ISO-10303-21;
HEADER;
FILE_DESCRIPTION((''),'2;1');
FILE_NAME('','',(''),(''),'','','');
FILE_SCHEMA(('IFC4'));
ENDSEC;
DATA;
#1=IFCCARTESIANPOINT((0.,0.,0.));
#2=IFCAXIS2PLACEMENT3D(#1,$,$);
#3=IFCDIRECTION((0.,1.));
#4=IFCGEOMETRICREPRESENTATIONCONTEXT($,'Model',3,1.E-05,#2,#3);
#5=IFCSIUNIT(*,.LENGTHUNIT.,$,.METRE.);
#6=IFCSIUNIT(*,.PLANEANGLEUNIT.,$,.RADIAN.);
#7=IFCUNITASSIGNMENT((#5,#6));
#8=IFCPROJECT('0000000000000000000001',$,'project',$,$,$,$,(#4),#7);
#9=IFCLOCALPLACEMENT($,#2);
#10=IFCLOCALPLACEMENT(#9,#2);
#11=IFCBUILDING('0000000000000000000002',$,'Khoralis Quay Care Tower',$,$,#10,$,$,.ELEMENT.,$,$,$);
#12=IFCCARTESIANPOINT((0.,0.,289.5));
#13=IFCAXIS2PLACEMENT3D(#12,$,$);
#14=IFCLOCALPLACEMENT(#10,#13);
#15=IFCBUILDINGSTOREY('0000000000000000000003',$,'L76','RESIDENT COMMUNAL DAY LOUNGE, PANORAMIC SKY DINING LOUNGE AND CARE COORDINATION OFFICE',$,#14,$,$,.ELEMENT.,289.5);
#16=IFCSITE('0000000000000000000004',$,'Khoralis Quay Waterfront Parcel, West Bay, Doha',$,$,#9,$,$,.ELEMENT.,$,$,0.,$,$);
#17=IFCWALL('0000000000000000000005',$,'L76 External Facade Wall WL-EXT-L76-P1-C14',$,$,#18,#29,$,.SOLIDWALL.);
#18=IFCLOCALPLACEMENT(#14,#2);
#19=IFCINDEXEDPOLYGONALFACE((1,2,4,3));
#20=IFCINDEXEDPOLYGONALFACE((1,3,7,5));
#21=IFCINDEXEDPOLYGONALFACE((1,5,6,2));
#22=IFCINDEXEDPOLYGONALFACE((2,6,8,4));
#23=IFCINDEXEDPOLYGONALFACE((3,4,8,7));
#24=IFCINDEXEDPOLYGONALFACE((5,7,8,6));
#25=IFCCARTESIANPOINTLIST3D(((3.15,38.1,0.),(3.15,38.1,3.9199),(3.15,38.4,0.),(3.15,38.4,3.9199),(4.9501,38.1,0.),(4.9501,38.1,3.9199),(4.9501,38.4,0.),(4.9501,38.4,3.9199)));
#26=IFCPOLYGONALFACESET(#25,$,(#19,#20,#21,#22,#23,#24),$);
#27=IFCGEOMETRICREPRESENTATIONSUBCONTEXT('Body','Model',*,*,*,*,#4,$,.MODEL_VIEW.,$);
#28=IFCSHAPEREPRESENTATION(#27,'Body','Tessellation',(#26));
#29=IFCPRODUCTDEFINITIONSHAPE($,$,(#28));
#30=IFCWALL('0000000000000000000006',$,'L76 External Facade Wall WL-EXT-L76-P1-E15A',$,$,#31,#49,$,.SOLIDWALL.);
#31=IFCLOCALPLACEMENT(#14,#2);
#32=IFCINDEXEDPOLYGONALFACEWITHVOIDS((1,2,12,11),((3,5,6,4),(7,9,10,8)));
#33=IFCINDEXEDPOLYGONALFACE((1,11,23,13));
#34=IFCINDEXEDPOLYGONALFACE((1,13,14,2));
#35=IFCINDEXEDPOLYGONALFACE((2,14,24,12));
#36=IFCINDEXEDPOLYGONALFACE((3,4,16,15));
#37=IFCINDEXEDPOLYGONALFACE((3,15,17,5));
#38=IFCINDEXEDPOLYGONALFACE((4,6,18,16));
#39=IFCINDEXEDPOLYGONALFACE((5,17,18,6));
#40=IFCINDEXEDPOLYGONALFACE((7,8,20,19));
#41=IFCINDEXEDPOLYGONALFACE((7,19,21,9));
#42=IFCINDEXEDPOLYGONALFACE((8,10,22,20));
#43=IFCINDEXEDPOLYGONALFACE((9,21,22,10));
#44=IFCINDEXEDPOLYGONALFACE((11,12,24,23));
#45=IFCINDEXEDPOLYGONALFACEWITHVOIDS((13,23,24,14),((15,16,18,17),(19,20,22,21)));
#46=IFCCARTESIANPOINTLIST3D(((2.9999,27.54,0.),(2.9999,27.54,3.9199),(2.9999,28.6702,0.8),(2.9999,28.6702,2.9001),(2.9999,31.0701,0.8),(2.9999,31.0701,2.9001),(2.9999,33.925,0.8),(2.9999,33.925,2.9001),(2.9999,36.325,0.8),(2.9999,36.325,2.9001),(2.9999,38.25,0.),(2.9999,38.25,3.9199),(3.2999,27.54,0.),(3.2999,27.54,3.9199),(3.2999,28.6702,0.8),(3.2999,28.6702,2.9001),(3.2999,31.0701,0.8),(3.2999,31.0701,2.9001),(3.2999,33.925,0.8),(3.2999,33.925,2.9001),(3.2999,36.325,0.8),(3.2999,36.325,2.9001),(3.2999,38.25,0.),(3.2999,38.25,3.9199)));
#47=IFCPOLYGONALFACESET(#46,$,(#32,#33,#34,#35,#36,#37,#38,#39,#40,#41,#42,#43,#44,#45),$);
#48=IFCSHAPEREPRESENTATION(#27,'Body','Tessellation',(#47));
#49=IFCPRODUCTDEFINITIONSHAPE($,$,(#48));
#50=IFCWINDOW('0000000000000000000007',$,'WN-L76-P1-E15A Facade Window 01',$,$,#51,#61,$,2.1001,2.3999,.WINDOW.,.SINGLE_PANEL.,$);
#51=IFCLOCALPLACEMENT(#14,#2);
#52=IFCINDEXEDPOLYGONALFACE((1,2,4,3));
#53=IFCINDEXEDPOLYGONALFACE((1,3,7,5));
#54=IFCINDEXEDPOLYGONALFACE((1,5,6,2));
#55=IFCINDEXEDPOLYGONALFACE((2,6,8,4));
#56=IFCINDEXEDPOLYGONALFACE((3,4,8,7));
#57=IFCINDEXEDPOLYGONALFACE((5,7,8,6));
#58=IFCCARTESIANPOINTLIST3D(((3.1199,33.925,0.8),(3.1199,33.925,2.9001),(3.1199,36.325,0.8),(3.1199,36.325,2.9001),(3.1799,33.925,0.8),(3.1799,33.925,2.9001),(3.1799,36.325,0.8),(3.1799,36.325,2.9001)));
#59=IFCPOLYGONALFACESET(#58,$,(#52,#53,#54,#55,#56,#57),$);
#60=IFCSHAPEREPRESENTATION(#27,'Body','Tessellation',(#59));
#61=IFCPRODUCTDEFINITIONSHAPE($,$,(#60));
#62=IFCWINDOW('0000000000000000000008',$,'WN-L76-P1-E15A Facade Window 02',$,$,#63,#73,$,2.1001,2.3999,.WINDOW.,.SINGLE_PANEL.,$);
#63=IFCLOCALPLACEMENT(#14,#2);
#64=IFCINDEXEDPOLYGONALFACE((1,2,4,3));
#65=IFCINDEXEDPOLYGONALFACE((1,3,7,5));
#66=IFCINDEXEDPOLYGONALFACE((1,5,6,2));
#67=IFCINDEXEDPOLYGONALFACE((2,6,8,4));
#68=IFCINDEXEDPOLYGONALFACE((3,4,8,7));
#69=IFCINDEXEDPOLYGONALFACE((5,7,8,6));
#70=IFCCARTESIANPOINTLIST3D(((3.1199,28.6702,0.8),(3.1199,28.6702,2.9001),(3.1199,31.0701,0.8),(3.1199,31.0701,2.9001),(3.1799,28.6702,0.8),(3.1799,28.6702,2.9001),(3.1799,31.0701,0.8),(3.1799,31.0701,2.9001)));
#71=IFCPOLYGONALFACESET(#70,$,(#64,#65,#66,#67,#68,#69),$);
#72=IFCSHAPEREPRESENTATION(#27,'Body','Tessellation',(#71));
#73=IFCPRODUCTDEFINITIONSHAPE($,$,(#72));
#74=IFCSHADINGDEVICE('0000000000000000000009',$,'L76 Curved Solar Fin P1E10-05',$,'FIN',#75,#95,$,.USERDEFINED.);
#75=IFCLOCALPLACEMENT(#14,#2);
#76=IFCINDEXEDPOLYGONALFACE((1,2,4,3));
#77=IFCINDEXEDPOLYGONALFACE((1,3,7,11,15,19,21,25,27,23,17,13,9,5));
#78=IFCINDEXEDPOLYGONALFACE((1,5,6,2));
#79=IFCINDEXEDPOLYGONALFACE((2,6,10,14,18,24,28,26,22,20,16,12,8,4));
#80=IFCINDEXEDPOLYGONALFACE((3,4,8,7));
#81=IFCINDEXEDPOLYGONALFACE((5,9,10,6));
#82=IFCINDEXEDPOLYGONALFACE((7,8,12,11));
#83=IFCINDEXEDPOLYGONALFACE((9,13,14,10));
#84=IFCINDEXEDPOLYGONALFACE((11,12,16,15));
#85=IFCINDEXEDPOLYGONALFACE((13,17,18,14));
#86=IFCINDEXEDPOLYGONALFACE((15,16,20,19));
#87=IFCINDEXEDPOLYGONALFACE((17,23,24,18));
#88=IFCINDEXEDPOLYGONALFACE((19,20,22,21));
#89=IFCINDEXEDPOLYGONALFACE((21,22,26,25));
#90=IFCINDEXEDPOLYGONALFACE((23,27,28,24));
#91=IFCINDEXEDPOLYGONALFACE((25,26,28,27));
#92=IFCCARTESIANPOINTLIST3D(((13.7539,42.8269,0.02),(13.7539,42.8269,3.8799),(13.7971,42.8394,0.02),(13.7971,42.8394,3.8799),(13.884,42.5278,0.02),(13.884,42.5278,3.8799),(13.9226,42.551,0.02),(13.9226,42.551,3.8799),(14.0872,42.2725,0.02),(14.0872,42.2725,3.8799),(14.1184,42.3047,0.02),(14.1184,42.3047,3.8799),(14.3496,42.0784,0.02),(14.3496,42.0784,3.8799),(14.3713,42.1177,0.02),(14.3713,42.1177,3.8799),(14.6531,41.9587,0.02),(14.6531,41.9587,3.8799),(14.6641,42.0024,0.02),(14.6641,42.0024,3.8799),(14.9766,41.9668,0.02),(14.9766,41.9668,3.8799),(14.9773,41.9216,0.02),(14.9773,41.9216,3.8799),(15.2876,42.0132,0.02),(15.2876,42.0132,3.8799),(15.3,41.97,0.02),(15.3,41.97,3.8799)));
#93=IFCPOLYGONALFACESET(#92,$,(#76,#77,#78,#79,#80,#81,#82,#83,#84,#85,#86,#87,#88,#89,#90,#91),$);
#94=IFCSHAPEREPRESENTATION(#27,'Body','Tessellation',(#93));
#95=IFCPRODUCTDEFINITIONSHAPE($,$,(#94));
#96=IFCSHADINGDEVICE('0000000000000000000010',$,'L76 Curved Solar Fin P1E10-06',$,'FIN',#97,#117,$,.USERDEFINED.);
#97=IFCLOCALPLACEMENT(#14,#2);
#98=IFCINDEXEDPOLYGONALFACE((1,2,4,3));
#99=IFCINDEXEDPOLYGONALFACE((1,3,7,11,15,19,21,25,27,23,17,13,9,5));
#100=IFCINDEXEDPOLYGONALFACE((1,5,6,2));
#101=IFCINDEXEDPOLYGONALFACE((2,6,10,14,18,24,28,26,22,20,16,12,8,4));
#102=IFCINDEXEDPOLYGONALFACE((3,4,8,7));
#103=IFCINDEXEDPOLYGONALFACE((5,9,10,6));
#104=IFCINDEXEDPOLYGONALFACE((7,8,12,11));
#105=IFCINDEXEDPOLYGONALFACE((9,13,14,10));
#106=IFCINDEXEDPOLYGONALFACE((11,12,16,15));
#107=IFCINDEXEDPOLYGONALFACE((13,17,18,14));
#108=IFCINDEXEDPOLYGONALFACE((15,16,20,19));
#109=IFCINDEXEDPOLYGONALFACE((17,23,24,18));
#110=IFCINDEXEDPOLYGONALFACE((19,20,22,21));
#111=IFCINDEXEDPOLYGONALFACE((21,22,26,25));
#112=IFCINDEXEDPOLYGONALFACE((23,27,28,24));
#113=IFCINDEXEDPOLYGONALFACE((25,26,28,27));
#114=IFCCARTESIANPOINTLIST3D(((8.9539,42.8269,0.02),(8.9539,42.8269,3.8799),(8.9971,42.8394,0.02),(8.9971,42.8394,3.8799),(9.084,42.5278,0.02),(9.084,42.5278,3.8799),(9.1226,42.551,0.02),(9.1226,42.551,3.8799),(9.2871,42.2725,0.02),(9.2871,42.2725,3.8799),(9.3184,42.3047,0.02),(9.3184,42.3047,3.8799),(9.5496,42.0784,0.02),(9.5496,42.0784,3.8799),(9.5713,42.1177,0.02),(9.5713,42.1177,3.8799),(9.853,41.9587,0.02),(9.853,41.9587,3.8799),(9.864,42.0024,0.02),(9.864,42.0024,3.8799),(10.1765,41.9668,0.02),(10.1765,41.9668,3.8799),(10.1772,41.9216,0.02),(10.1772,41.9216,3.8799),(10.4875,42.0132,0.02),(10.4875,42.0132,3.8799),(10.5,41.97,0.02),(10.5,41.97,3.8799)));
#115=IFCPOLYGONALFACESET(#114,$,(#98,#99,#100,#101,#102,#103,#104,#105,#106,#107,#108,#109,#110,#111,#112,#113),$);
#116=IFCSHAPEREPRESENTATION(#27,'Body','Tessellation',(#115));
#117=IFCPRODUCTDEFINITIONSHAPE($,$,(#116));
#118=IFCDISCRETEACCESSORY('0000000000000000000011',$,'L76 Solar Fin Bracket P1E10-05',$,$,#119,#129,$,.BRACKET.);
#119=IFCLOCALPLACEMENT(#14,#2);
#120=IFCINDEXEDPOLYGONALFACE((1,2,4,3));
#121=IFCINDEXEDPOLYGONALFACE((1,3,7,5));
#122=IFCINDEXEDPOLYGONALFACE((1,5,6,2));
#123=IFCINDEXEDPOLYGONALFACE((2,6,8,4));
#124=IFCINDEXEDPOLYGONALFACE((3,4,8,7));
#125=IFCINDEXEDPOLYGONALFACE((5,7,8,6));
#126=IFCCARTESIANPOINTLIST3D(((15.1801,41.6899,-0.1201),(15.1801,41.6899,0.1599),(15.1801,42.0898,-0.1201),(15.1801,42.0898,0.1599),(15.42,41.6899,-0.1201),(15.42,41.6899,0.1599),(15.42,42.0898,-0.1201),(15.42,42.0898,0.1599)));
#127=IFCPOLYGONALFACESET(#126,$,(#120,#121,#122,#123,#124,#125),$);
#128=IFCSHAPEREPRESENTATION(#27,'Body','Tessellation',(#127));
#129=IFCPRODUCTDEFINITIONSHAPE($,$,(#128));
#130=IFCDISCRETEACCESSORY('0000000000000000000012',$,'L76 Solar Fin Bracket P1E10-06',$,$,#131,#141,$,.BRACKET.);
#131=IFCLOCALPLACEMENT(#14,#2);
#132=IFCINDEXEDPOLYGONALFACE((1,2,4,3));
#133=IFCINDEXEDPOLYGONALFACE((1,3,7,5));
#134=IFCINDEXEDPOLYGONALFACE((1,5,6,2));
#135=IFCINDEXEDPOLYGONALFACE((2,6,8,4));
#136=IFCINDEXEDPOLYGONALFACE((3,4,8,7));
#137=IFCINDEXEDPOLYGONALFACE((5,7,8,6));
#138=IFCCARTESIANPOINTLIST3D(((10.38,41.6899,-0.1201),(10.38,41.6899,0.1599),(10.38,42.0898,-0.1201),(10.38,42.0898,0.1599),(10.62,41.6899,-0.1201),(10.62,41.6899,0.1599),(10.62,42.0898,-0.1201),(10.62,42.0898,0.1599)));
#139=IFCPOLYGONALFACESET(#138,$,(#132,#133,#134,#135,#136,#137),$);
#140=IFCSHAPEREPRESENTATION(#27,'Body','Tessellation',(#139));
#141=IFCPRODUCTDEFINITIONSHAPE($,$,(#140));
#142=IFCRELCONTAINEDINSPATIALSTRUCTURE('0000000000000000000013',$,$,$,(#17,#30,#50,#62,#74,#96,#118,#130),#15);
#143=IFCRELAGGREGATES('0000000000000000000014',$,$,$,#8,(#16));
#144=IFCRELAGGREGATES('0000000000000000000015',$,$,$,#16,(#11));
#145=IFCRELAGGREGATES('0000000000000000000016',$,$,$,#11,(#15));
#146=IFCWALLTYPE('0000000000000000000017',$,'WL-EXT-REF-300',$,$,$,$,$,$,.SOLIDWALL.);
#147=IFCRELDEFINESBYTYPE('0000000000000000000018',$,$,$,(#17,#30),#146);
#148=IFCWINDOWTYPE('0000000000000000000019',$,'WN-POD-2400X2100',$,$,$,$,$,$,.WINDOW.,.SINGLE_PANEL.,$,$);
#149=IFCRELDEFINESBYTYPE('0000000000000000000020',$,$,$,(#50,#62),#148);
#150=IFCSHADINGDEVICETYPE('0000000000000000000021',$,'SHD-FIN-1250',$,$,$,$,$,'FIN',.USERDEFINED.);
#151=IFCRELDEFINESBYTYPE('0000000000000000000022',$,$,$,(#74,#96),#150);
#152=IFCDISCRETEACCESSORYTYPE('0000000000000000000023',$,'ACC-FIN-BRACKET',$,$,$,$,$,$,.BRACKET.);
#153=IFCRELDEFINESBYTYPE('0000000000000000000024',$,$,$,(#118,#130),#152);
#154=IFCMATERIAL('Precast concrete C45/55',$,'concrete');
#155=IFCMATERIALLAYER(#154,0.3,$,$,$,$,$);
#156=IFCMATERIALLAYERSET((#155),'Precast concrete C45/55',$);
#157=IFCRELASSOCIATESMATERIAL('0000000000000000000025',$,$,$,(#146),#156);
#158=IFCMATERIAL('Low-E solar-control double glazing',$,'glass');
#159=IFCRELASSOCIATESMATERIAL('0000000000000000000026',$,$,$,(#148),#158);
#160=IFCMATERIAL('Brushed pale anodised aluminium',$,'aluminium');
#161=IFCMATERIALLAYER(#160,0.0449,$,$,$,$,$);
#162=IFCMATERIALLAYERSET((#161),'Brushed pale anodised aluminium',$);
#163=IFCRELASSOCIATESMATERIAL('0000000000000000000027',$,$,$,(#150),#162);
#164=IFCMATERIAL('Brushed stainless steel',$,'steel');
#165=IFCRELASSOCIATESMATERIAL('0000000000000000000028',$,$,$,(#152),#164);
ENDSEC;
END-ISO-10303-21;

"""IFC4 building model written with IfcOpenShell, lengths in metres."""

from ifc_helpers import new_model, si_unit, direction, frame, frame_2d, origin, origin_2d, place, context, subcontext, project, spatial, polyline, rectangle, outline, extrude, source, transform, mapped, material, layer, layer_set, type_object, element, fill, save


model = new_model("IFC4")

# Units and contexts
model_context = context("Model", 3, precision=1e-05, world=origin(), true_north=direction((0.0, 1.0)))
body_context = subcontext(model_context, "Body", "Model", "MODEL_VIEW")
ifc_project = project(units=[si_unit("LENGTHUNIT", "METRE"), si_unit("PLANEANGLEUNIT", "RADIAN")], contexts=[model_context])

# Site, building, storey
site_placement = place(None, origin())
site = spatial("IfcSite", under=ifc_project, at=site_placement, Name="Khoralis Quay Waterfront Parcel, West Bay, Doha", CompositionType="ELEMENT", RefElevation=0.0)
building_placement = place(site_placement, origin())
building = spatial("IfcBuilding", under=site, at=building_placement, Name="Khoralis Quay Care Tower", CompositionType="ELEMENT")
storey_placement = place(building_placement, frame((0.0, 0.0, 289.5)))
storey = spatial("IfcBuildingStorey", under=building, at=storey_placement, Name="L76", Description="RESIDENT COMMUNAL DAY LOUNGE, PANORAMIC SKY DINING LOUNGE AND CARE COORDINATION OFFICE", CompositionType="ELEMENT", Elevation=289.5)

# Shared definitions
ifc_material_1 = material(Name="Low-E solar-control double glazing", Category="glass")

# Shared definitions
ifc_material_2 = material(Name="Precast concrete C45/55", Category="concrete")
ifc_layer_1 = layer(ifc_material_2, 0.3)
ifc_layer_set_1 = layer_set([ifc_layer_1], Name="Precast concrete C45/55")
wall_type = type_object("IfcWallType", Name="WL-EXT-REF-300", PredefinedType="SOLIDWALL", material=ifc_layer_set_1)
window_type = type_object("IfcWindowType", Name="WN-POD-2400X2100", PartitioningType="SINGLE_PANEL", PredefinedType="WINDOW", material=ifc_material_1)
shared_shape_1 = source(origin(), body_context, "Body", "SweptSolid", [
    extrude(rectangle(XDim=2.3999, YDim=2.1001, at=frame_2d((1.2, 1.05))), frame((0.0, 0.03, 0.0), z_axis=(0.0, -1.0, 0.0), x_axis=(1.0, 0.0, 0.0)), (0.0, 0.0, 1.0), 0.0601),
])

# Wall
for number, where, z_axis, x_axis, name in (
    (1, (4.95, 38.25, 0.0), (0.0, 0.0, 1.0), (-1.0, 0.0, 0.0), "L76 External Facade Wall WL-EXT-L76-P1-C14"),
):
    element("IfcWall", number, at=place(storey_placement, frame(where, z_axis=z_axis, x_axis=x_axis)), inside=storey, type_object=wall_type, Name=name, PredefinedType="SOLIDWALL", context=body_context, shape_type="SweptSolid", body=[
        extrude(rectangle(XDim=1.8, YDim=0.3, at=frame_2d((0.8999, 0.0))), origin(), (0.0, 0.0, 1.0), 3.9199),
    ])

# Wall, openings, windows
wall_1_placement = place(storey_placement, frame((3.1499, 38.25, 0.0), z_axis=(0.0, 0.0, 1.0), x_axis=(0.0, -1.0, 0.0)))
wall_1 = element("IfcWall", 2, at=wall_1_placement, inside=storey, type_object=wall_type, Name="L76 External Facade Wall WL-EXT-L76-P1-E15A", PredefinedType="SOLIDWALL", context=body_context, shape_type="SweptSolid", body=[
    extrude(rectangle(XDim=10.71, YDim=0.3, at=frame_2d((5.355, 0.0))), origin(), (0.0, 0.0, 1.0), 3.9199),
])
opening_1_placement = place(wall_1_placement, frame((1.925, 0.0, 0.8)))
opening_1 = element("IfcOpeningElement", 3, at=opening_1_placement, cuts=wall_1, PredefinedType="OPENING", context=body_context, shape_type="SweptSolid", body=[
    extrude(rectangle(XDim=2.3999, YDim=2.1001, at=frame_2d((1.2, 1.05))), frame((0.0, 0.1602, 0.0), z_axis=(0.0, -1.0, 0.0), x_axis=(1.0, 0.0, 0.0)), (0.0, 0.0, 1.0), 0.3201),
])
opening_2_placement = place(wall_1_placement, frame((7.1799, 0.0, 0.8)))
opening_2 = element("IfcOpeningElement", 4, at=opening_2_placement, cuts=wall_1, PredefinedType="OPENING", context=body_context, shape_type="SweptSolid", body=[
    extrude(rectangle(XDim=2.3999, YDim=2.1001, at=frame_2d((1.2, 1.05))), frame((0.0, 0.1602, 0.0), z_axis=(0.0, -1.0, 0.0), x_axis=(1.0, 0.0, 0.0)), (0.0, 0.0, 1.0), 0.3201),
])
window_1_placement = place(opening_1_placement, origin())
window_1 = element("IfcWindow", 5, at=window_1_placement, inside=storey, type_object=window_type, Name="WN-L76-P1-E15A Facade Window 01", OverallHeight=2.1001, OverallWidth=2.3999, PartitioningType="SINGLE_PANEL", PredefinedType="WINDOW", context=body_context, shape_type="MappedRepresentation", body=[
    mapped(shared_shape_1, transform((0.0, 0.0, 0.0), scale=1.0)),
])
fill(opening_1, window_1)
window_2_placement = place(opening_2_placement, origin())
window_2 = element("IfcWindow", 6, at=window_2_placement, inside=storey, type_object=window_type, Name="WN-L76-P1-E15A Facade Window 02", OverallHeight=2.1001, OverallWidth=2.3999, PartitioningType="SINGLE_PANEL", PredefinedType="WINDOW", context=body_context, shape_type="MappedRepresentation", body=[
    mapped(shared_shape_1, transform((0.0, 0.0, 0.0), scale=1.0)),
])
fill(opening_2, window_2)

# Shading devices
ifc_material_3 = material(Name="Brushed pale anodised aluminium", Category="aluminium")
ifc_layer_2 = layer(ifc_material_3, 0.0449)
ifc_layer_set_2 = layer_set([ifc_layer_2], Name="Brushed pale anodised aluminium")
shading_device_type = type_object("IfcShadingDeviceType", Name="SHD-FIN-1250", ElementType="FIN", PredefinedType="USERDEFINED", material=ifc_layer_set_2)
shared_shape_2 = source(origin(), body_context, "Body", "SweptSolid", [
    extrude(outline(polyline([(0.0, 0.0), (-0.0483, 0.3228), (-0.0112, 0.647), (0.1084, 0.9504), (0.3025, 1.2129), (0.5579, 1.416), (0.8569, 1.5461), (0.8694, 1.5029), (0.5811, 1.3774), (0.3347, 1.1816), (0.1477, 0.9287), (0.0325, 0.636), (-0.0032, 0.3235), (0.0432, 0.0125), (0.0, 0.0)])), origin(), (0.0, 0.0, 1.0), 3.8599),
])
for number, where, z_axis, x_axis, name in (
    (7, (15.3, 41.97, 0.02), (0.0, 0.0, 1.0), (0.0, 1.0, 0.0), "L76 Curved Solar Fin P1E10-05"),
    (8, (10.5, 41.97, 0.02), (0.0, 0.0, 1.0), (0.0, 1.0, 0.0), "L76 Curved Solar Fin P1E10-06"),
):
    element("IfcShadingDevice", number, at=place(storey_placement, frame(where, z_axis=z_axis, x_axis=x_axis)), inside=storey, type_object=shading_device_type, Name=name, ObjectType="FIN", PredefinedType="USERDEFINED", context=body_context, shape_type="MappedRepresentation", body=[
        mapped(shared_shape_2, transform((0.0, 0.0, 0.0), scale=1.0)),
    ])

# Discrete accessories
ifc_material_4 = material(Name="Brushed stainless steel", Category="steel")
discrete_accessory_type = type_object("IfcDiscreteAccessoryType", Name="ACC-FIN-BRACKET", PredefinedType="BRACKET", material=ifc_material_4)
shared_shape_3 = source(origin(), body_context, "Body", "SweptSolid", [
    extrude(rectangle(XDim=0.3999, YDim=0.24, at=origin_2d()), origin(), (0.0, 0.0, 1.0), 0.28),
])
for number, where, z_axis, x_axis, name in (
    (9, (15.3, 41.8899, -0.1201), (0.0, 0.0, 1.0), (0.0, 1.0, 0.0), "L76 Solar Fin Bracket P1E10-05"),
    (10, (10.5, 41.8899, -0.1201), (0.0, 0.0, 1.0), (0.0, 1.0, 0.0), "L76 Solar Fin Bracket P1E10-06"),
):
    element("IfcDiscreteAccessory", number, at=place(storey_placement, frame(where, z_axis=z_axis, x_axis=x_axis)), inside=storey, type_object=discrete_accessory_type, Name=name, PredefinedType="BRACKET", context=body_context, shape_type="MappedRepresentation", body=[
        mapped(shared_shape_3, transform((0.0, 0.0, 0.0), scale=1.0)),
    ])

save(model, "model.ifc")
